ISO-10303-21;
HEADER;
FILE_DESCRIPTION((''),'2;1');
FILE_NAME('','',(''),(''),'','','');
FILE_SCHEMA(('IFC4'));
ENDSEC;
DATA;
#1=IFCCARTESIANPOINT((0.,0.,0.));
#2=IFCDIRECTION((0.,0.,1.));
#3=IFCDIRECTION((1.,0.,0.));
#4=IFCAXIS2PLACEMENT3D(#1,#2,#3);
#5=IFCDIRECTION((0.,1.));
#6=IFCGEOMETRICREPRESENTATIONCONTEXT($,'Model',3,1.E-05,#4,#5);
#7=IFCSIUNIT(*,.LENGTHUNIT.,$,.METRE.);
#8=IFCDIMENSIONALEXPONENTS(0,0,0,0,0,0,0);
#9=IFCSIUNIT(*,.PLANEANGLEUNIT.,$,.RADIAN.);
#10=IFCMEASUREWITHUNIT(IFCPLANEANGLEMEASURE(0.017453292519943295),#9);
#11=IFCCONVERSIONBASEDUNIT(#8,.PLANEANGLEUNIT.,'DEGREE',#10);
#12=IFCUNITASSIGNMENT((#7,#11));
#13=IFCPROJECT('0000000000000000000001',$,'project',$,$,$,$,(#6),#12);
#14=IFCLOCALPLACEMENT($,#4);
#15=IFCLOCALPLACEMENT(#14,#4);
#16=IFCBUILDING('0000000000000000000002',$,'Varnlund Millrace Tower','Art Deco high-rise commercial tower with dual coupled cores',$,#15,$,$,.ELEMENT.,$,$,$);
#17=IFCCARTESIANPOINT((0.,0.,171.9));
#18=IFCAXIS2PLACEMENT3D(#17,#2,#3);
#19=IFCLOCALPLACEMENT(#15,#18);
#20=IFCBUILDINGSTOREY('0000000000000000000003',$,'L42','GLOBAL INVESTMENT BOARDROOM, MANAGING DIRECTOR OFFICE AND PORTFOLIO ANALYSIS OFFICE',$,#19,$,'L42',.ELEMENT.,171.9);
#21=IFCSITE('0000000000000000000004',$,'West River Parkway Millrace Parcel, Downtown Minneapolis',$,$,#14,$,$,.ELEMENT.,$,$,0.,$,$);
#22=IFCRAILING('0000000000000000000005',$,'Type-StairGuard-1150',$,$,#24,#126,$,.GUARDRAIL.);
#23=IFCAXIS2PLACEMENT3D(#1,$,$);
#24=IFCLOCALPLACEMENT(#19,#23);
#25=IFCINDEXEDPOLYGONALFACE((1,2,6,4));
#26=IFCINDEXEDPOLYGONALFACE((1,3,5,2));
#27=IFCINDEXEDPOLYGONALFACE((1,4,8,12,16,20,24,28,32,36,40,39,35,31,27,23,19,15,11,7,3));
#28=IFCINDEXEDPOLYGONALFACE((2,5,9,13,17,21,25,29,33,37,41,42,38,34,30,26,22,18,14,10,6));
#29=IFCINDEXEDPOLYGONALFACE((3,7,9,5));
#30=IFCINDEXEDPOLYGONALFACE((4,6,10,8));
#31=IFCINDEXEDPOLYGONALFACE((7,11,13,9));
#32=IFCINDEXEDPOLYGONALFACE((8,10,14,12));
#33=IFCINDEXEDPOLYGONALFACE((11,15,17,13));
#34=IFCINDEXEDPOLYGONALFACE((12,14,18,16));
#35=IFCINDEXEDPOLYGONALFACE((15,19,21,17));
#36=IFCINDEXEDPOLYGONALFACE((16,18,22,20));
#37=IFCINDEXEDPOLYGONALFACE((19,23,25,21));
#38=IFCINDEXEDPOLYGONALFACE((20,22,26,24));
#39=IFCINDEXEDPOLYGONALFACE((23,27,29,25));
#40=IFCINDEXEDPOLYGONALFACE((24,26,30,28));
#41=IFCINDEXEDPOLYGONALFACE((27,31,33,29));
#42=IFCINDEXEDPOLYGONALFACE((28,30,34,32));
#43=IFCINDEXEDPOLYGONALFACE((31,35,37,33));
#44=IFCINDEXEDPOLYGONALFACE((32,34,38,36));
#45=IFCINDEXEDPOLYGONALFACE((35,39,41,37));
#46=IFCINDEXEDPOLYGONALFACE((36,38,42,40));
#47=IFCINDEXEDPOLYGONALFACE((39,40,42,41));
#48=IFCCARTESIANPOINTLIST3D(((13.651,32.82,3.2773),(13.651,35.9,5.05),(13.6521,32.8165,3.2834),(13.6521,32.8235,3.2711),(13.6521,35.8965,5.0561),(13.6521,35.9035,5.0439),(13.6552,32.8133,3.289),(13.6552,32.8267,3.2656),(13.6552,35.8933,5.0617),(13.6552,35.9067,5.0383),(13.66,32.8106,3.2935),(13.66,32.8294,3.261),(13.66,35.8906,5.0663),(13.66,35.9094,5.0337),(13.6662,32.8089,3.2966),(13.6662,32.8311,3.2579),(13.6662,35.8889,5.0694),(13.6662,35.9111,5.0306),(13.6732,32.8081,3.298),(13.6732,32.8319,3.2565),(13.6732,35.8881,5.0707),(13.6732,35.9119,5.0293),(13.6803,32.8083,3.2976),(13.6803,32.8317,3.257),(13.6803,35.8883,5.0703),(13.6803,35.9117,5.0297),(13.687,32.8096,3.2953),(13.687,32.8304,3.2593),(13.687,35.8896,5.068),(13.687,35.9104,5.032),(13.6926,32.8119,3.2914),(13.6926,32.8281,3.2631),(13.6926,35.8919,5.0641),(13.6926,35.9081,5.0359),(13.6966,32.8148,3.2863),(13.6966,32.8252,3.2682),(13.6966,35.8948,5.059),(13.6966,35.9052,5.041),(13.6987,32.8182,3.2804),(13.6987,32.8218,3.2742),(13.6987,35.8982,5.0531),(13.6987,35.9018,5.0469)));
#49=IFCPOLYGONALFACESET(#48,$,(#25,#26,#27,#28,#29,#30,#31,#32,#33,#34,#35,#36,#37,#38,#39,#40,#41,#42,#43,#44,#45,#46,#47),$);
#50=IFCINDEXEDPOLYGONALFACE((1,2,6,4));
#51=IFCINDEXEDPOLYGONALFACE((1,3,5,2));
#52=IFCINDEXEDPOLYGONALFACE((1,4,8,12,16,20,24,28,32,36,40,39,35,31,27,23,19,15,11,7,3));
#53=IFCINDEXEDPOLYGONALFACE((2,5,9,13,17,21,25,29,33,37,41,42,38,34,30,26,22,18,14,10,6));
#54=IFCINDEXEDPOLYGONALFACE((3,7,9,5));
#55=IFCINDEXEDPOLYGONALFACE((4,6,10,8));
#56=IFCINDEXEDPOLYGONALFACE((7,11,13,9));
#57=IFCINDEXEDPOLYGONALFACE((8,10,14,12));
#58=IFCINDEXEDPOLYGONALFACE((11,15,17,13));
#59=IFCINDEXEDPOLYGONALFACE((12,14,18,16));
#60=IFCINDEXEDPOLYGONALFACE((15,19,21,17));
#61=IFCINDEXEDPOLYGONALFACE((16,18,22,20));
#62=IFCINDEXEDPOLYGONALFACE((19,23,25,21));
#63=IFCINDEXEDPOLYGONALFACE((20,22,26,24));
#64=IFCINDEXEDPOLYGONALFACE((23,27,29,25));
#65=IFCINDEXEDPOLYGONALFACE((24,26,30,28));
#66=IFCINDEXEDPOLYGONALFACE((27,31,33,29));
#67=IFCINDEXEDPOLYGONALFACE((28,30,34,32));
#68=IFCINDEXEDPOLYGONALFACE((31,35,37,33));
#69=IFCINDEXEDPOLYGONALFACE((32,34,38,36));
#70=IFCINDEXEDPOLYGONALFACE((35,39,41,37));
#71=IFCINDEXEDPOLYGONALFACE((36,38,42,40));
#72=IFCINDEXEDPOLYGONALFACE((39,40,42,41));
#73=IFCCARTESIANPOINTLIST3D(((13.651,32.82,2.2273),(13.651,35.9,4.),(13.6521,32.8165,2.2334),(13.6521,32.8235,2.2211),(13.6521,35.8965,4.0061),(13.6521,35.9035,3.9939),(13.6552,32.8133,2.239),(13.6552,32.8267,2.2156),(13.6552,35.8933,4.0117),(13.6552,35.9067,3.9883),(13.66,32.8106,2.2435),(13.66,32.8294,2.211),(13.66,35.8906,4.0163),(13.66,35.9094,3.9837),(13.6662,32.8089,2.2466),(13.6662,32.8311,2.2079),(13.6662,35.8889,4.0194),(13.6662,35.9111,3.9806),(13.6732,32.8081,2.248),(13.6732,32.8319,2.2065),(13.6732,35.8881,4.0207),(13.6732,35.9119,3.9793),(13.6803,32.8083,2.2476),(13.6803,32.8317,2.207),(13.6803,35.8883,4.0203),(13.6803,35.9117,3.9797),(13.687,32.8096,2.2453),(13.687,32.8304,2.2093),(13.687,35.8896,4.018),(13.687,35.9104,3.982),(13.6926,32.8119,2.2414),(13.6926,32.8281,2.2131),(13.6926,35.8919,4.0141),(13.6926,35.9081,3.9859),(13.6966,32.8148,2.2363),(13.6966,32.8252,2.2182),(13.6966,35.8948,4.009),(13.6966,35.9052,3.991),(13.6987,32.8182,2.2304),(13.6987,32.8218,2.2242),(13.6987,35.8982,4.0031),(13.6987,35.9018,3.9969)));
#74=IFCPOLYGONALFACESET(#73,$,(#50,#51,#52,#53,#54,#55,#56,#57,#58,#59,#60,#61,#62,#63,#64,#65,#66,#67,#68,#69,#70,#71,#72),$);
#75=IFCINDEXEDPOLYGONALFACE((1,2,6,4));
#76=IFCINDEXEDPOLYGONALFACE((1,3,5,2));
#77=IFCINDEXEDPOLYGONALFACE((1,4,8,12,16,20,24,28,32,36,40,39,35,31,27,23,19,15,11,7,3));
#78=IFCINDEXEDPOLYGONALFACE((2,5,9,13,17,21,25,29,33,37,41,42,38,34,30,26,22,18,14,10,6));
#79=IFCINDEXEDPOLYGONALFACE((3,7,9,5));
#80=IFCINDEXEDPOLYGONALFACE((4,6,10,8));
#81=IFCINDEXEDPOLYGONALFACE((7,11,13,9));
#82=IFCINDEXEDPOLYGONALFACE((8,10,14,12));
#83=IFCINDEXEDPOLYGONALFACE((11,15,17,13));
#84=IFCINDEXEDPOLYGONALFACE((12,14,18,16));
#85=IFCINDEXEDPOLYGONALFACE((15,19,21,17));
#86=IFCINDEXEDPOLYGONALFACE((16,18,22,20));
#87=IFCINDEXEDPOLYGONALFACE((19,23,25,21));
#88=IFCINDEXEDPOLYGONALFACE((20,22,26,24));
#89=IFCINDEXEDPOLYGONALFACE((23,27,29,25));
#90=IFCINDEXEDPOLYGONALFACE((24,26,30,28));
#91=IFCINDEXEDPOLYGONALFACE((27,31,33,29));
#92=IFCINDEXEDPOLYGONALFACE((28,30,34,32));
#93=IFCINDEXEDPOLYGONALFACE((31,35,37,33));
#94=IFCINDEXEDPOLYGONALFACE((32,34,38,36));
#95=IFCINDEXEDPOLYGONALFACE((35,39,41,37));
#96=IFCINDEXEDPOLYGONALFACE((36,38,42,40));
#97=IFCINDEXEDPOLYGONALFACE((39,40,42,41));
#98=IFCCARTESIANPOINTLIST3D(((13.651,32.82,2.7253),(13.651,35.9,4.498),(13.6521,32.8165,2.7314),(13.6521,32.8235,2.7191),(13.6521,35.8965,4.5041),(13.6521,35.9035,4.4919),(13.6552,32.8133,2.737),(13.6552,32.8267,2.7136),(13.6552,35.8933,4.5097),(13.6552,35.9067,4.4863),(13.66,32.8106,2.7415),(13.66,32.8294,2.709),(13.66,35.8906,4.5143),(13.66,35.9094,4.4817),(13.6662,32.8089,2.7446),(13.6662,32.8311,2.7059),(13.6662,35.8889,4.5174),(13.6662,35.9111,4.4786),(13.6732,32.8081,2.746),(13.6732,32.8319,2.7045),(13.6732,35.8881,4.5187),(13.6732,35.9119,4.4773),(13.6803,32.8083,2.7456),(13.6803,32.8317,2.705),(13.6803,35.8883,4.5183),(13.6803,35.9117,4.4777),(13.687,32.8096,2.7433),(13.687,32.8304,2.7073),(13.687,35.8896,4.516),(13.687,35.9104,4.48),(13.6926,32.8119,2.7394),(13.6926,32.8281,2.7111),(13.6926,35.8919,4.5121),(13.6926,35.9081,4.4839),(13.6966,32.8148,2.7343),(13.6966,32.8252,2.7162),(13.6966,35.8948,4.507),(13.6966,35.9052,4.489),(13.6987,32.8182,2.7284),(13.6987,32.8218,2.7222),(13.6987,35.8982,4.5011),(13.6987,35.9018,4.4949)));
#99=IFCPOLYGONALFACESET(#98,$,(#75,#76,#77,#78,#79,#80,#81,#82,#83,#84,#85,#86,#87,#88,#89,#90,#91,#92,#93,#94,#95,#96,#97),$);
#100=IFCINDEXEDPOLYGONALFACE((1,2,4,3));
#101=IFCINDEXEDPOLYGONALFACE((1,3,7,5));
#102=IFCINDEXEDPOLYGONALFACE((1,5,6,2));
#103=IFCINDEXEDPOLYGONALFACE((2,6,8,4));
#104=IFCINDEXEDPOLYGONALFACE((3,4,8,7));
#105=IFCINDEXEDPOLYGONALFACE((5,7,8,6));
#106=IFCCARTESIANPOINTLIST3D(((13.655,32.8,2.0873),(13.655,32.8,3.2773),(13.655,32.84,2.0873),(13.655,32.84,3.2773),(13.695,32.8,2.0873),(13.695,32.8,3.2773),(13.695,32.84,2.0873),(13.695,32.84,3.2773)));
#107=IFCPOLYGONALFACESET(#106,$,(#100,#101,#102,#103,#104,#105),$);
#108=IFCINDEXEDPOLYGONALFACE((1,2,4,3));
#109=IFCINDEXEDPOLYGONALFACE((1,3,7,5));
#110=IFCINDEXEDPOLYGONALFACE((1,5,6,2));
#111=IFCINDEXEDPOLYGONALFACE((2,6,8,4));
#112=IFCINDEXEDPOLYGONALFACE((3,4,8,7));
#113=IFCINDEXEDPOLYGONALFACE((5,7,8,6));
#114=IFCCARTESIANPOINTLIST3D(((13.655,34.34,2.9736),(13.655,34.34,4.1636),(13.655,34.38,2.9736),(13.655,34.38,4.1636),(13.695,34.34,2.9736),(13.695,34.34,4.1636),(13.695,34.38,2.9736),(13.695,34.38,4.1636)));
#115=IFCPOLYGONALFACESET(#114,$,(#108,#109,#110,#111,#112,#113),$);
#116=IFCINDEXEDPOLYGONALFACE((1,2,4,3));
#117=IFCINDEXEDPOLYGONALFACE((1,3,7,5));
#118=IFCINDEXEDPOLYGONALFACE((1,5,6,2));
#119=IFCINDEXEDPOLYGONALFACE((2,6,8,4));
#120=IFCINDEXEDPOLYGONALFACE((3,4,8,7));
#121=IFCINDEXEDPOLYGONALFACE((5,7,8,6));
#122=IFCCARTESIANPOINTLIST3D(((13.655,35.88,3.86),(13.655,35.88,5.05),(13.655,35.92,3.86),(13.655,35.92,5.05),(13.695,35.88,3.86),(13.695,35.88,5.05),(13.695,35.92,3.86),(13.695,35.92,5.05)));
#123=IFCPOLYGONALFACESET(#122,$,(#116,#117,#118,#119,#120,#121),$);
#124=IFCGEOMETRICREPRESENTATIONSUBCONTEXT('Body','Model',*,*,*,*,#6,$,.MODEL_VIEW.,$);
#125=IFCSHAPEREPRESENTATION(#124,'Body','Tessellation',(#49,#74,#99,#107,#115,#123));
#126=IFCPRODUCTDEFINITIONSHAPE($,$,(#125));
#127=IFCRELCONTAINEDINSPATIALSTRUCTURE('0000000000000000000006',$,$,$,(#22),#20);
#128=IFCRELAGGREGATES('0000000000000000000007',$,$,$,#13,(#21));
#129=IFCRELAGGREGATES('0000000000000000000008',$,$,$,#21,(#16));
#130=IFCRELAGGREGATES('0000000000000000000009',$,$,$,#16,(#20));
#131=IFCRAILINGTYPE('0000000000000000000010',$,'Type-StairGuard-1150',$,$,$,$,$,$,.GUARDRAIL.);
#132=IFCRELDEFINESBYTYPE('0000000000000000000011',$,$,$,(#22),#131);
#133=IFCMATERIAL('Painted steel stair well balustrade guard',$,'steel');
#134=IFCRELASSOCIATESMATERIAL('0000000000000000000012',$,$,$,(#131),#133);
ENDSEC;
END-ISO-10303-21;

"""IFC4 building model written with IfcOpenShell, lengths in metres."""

from ifc_helpers import new_model, entity, si_unit, converted_unit, direction, frame, origin_with_axes, origin_2d_with_axis, place, context, subcontext, project, spatial, rectangle, circle, extrude, material, type_object, element, save


model = new_model("IFC4")

# Units and contexts
model_context = context("Model", 3, precision=1e-05, world=origin_with_axes(), true_north=direction((0.0, 1.0)))
body_context = subcontext(model_context, "Body", "Model", "MODEL_VIEW")
ifc_project = project(units=[si_unit("LENGTHUNIT", "METRE"), converted_unit("PLANEANGLEUNIT", "DEGREE", entity("IfcPlaneAngleMeasure", 0.017453292519943295), si_unit("PLANEANGLEUNIT", "RADIAN"), dimensions=[0, 0, 0, 0, 0, 0, 0])], contexts=[model_context])

# Site, building, storey
site_placement = place(None, origin_with_axes())
site = spatial("IfcSite", under=ifc_project, at=site_placement, Name="West River Parkway Millrace Parcel, Downtown Minneapolis", CompositionType="ELEMENT", RefElevation=0.0)
building_placement = place(site_placement, origin_with_axes())
building = spatial("IfcBuilding", under=site, at=building_placement, Name="Varnlund Millrace Tower", Description="Art Deco high-rise commercial tower with dual coupled cores", CompositionType="ELEMENT")
storey_placement = place(building_placement, frame((0.0, 0.0, 171.9), z_axis=(0.0, 0.0, 1.0), x_axis=(1.0, 0.0, 0.0)))
storey = spatial("IfcBuildingStorey", under=building, at=storey_placement, Name="L42", Description="GLOBAL INVESTMENT BOARDROOM, MANAGING DIRECTOR OFFICE AND PORTFOLIO ANALYSIS OFFICE", LongName="L42", CompositionType="ELEMENT", Elevation=171.9)

# Railing
ifc_material_1 = material(Name="Painted steel stair well balustrade guard", Category="steel")
railing_type_1 = type_object("IfcRailingType", Name="Type-StairGuard-1150", PredefinedType="GUARDRAIL", material=ifc_material_1)
railing_1_placement = place(storey_placement, frame((0.0, 0.0, -171.9), z_axis=(0.0, 0.0, 1.0), x_axis=(1.0, 0.0, 0.0)))
element("IfcRailing", 1, at=railing_1_placement, inside=storey, type_object=railing_type_1, Name="Type-StairGuard-1150", PredefinedType="GUARDRAIL", context=body_context, shape_type="SweptSolid", body=[
    extrude(circle(Radius=0.024, at=origin_2d_with_axis()), frame((13.675, 32.82, 175.1773), z_axis=(0.0, 0.866696, 0.498836), x_axis=(-1.0, 0.0, 0.0)), (0.0, 0.0, 1.0), 3.5537),
    extrude(circle(Radius=0.024, at=origin_2d_with_axis()), frame((13.675, 32.82, 174.1273), z_axis=(0.0, 0.866696, 0.498836), x_axis=(-1.0, 0.0, 0.0)), (0.0, 0.0, 1.0), 3.5537),
    extrude(circle(Radius=0.024, at=origin_2d_with_axis()), frame((13.675, 32.82, 174.6253), z_axis=(0.0, 0.866696, 0.498836), x_axis=(-1.0, 0.0, 0.0)), (0.0, 0.0, 1.0), 3.5537),
    extrude(rectangle(XDim=0.04, YDim=0.04, at=origin_2d_with_axis()), frame((13.675, 32.82, 173.9873), z_axis=(0.0, 0.0, 1.0), x_axis=(1.0, 0.0, 0.0)), (0.0, 0.0, 1.0), 1.19),
    extrude(rectangle(XDim=0.04, YDim=0.04, at=origin_2d_with_axis()), frame((13.675, 34.36, 174.8736), z_axis=(0.0, 0.0, 1.0), x_axis=(1.0, 0.0, 0.0)), (0.0, 0.0, 1.0), 1.19),
    extrude(rectangle(XDim=0.04, YDim=0.04, at=origin_2d_with_axis()), frame((13.675, 35.9, 175.76), z_axis=(0.0, 0.0, 1.0), x_axis=(1.0, 0.0, 0.0)), (0.0, 0.0, 1.0), 1.19),
])

save(model, "model.ifc")
